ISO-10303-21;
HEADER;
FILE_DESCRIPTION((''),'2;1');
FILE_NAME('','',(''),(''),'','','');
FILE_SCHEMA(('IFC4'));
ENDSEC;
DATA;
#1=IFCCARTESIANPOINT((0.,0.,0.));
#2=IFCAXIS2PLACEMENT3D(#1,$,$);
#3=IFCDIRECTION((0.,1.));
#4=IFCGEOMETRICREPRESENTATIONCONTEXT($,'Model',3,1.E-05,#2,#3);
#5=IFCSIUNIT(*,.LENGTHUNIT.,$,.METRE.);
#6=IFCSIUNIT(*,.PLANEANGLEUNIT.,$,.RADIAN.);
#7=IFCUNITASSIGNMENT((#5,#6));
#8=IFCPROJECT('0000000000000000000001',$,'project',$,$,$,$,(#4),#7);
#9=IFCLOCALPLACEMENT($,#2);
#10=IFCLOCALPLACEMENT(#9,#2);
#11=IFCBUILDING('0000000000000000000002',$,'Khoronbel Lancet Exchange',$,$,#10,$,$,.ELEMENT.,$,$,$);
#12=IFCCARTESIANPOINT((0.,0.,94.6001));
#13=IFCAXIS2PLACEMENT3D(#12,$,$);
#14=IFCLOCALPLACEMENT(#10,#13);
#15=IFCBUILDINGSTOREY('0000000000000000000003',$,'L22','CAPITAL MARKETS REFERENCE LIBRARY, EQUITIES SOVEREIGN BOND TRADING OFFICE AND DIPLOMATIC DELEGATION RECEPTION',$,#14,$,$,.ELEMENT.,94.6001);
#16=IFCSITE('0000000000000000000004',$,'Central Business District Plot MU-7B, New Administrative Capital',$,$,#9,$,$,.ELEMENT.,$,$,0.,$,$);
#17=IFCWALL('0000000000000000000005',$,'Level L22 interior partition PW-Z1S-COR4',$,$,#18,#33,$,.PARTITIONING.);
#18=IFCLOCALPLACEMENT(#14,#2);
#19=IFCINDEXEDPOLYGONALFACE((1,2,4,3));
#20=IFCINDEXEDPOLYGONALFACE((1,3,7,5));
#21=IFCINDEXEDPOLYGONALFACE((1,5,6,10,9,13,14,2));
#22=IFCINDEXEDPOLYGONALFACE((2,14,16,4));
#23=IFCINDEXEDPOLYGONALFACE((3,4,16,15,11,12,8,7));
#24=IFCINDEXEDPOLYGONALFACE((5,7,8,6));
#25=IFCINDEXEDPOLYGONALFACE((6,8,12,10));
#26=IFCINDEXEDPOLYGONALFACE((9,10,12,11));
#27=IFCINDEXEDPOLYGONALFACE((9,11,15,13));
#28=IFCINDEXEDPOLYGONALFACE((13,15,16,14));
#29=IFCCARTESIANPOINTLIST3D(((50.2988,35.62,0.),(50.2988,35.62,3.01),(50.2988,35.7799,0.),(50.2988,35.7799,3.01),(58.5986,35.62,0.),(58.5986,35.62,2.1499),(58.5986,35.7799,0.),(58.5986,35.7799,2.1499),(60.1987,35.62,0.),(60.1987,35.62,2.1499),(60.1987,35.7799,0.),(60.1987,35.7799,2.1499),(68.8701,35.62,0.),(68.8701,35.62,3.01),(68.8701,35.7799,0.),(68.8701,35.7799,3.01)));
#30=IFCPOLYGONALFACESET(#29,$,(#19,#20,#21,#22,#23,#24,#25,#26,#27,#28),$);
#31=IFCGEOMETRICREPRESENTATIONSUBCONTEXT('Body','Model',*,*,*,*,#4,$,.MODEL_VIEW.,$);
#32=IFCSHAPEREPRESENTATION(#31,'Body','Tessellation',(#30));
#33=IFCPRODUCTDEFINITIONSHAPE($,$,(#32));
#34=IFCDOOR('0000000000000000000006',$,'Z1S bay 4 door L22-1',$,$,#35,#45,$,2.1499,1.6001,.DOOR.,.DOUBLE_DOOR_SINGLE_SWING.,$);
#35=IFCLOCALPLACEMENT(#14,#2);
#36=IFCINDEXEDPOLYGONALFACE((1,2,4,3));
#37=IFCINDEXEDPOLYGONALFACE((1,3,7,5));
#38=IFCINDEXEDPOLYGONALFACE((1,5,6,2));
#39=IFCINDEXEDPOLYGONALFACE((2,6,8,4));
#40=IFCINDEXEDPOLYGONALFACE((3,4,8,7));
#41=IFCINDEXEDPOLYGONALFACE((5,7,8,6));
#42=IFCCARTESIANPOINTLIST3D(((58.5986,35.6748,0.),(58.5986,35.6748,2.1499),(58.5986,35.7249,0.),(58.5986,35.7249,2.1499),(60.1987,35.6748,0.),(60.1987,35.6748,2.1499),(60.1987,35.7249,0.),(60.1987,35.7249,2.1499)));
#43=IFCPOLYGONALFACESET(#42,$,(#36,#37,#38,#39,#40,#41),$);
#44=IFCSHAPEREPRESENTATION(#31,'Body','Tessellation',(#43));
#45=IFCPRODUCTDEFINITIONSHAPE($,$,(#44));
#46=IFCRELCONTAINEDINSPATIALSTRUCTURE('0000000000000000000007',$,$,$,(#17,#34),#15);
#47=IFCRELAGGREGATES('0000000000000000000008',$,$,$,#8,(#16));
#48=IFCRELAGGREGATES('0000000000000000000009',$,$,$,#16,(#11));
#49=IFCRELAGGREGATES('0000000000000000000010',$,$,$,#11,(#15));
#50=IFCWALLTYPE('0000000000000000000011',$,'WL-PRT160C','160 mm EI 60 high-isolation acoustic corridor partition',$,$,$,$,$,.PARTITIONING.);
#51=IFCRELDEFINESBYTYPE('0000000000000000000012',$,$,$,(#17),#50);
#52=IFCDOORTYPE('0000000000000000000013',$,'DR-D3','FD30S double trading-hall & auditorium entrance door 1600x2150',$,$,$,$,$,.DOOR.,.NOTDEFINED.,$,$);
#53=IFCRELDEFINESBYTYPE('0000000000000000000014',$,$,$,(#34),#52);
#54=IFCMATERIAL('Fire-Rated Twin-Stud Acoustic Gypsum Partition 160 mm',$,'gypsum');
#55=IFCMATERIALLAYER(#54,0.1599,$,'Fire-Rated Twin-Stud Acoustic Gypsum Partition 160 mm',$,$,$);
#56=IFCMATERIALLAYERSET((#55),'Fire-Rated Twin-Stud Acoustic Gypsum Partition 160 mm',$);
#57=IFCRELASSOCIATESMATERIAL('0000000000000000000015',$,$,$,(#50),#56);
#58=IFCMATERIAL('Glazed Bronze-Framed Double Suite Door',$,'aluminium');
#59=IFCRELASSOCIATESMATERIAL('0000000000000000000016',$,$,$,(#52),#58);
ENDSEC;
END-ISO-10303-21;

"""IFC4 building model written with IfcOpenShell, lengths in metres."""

from ifc_helpers import new_model, si_unit, direction, frame, frame_2d, origin, place, context, subcontext, project, spatial, rectangle, extrude, material, layer, layer_set, type_object, element, fill, save


model = new_model("IFC4")

# Units and contexts
model_context = context("Model", 3, precision=1e-05, world=origin(), true_north=direction((0.0, 1.0)))
body_context = subcontext(model_context, "Body", "Model", "MODEL_VIEW")
ifc_project = project(units=[si_unit("LENGTHUNIT", "METRE"), si_unit("PLANEANGLEUNIT", "RADIAN")], contexts=[model_context])

# Site, building, storey
site_placement = place(None, origin())
site = spatial("IfcSite", under=ifc_project, at=site_placement, Name="Central Business District Plot MU-7B, New Administrative Capital", CompositionType="ELEMENT", RefElevation=0.0)
building_placement = place(site_placement, origin())
building = spatial("IfcBuilding", under=site, at=building_placement, Name="Khoronbel Lancet Exchange", CompositionType="ELEMENT")
storey_placement = place(building_placement, frame((0.0, 0.0, 94.6001)))
storey = spatial("IfcBuildingStorey", under=building, at=storey_placement, Name="L22", Description="CAPITAL MARKETS REFERENCE LIBRARY, EQUITIES SOVEREIGN BOND TRADING OFFICE AND DIPLOMATIC DELEGATION RECEPTION", CompositionType="ELEMENT", Elevation=94.6001)

# Wall, opening, door
ifc_material_1 = material(Name="Fire-Rated Twin-Stud Acoustic Gypsum Partition 160 mm", Category="gypsum")
ifc_layer_1 = layer(ifc_material_1, 0.1599, Name="Fire-Rated Twin-Stud Acoustic Gypsum Partition 160 mm")
ifc_layer_set_1 = layer_set([ifc_layer_1], Name="Fire-Rated Twin-Stud Acoustic Gypsum Partition 160 mm")
wall_type_1 = type_object("IfcWallType", Name="WL-PRT160C", Description="160 mm EI 60 high-isolation acoustic corridor partition", PredefinedType="PARTITIONING", material=ifc_layer_set_1)
wall_1_placement = place(storey_placement, frame((50.2988, 35.7, 0.0), z_axis=(0.0, 0.0, 1.0), x_axis=(1.0, 0.0, 0.0)))
wall_1 = element("IfcWall", 1, at=wall_1_placement, inside=storey, type_object=wall_type_1, Name="Level L22 interior partition PW-Z1S-COR4", PredefinedType="PARTITIONING", context=body_context, shape_type="SweptSolid", body=[
    extrude(rectangle(XDim=18.5713, YDim=0.1599, at=frame_2d((9.2856, 0.0))), origin(), (0.0, 0.0, 1.0), 3.01),
])
opening_1_placement = place(wall_1_placement, frame((8.2998, 0.0, 0.0)))
opening_1 = element("IfcOpeningElement", 2, at=opening_1_placement, cuts=wall_1, PredefinedType="OPENING", context=body_context, shape_type="SweptSolid", body=[
    extrude(rectangle(XDim=1.6001, YDim=2.1499, at=frame_2d((0.8, 1.075))), frame((0.0, 0.0898, 0.0), z_axis=(0.0, -1.0, 0.0), x_axis=(1.0, 0.0, 0.0)), (0.0, 0.0, 1.0), 0.1799),
])
ifc_material_2 = material(Name="Glazed Bronze-Framed Double Suite Door", Category="aluminium")
door_type_1 = type_object("IfcDoorType", Name="DR-D3", Description="FD30S double trading-hall & auditorium entrance door 1600x2150", OperationType="NOTDEFINED", PredefinedType="DOOR", material=ifc_material_2)
door_1_placement = place(opening_1_placement, origin())
door_1 = element("IfcDoor", 3, at=door_1_placement, inside=storey, type_object=door_type_1, Name="Z1S bay 4 door L22-1", OperationType="DOUBLE_DOOR_SINGLE_SWING", OverallHeight=2.1499, OverallWidth=1.6001, PredefinedType="DOOR", context=body_context, shape_type="SweptSolid", body=[
    extrude(rectangle(XDim=1.6001, YDim=2.1499, at=frame_2d((0.8, 1.075))), frame((0.0, 0.0249, 0.0), z_axis=(0.0, -1.0, 0.0), x_axis=(1.0, 0.0, 0.0)), (0.0, 0.0, 1.0), 0.05),
])
fill(opening_1, door_1)

save(model, "model.ifc")
